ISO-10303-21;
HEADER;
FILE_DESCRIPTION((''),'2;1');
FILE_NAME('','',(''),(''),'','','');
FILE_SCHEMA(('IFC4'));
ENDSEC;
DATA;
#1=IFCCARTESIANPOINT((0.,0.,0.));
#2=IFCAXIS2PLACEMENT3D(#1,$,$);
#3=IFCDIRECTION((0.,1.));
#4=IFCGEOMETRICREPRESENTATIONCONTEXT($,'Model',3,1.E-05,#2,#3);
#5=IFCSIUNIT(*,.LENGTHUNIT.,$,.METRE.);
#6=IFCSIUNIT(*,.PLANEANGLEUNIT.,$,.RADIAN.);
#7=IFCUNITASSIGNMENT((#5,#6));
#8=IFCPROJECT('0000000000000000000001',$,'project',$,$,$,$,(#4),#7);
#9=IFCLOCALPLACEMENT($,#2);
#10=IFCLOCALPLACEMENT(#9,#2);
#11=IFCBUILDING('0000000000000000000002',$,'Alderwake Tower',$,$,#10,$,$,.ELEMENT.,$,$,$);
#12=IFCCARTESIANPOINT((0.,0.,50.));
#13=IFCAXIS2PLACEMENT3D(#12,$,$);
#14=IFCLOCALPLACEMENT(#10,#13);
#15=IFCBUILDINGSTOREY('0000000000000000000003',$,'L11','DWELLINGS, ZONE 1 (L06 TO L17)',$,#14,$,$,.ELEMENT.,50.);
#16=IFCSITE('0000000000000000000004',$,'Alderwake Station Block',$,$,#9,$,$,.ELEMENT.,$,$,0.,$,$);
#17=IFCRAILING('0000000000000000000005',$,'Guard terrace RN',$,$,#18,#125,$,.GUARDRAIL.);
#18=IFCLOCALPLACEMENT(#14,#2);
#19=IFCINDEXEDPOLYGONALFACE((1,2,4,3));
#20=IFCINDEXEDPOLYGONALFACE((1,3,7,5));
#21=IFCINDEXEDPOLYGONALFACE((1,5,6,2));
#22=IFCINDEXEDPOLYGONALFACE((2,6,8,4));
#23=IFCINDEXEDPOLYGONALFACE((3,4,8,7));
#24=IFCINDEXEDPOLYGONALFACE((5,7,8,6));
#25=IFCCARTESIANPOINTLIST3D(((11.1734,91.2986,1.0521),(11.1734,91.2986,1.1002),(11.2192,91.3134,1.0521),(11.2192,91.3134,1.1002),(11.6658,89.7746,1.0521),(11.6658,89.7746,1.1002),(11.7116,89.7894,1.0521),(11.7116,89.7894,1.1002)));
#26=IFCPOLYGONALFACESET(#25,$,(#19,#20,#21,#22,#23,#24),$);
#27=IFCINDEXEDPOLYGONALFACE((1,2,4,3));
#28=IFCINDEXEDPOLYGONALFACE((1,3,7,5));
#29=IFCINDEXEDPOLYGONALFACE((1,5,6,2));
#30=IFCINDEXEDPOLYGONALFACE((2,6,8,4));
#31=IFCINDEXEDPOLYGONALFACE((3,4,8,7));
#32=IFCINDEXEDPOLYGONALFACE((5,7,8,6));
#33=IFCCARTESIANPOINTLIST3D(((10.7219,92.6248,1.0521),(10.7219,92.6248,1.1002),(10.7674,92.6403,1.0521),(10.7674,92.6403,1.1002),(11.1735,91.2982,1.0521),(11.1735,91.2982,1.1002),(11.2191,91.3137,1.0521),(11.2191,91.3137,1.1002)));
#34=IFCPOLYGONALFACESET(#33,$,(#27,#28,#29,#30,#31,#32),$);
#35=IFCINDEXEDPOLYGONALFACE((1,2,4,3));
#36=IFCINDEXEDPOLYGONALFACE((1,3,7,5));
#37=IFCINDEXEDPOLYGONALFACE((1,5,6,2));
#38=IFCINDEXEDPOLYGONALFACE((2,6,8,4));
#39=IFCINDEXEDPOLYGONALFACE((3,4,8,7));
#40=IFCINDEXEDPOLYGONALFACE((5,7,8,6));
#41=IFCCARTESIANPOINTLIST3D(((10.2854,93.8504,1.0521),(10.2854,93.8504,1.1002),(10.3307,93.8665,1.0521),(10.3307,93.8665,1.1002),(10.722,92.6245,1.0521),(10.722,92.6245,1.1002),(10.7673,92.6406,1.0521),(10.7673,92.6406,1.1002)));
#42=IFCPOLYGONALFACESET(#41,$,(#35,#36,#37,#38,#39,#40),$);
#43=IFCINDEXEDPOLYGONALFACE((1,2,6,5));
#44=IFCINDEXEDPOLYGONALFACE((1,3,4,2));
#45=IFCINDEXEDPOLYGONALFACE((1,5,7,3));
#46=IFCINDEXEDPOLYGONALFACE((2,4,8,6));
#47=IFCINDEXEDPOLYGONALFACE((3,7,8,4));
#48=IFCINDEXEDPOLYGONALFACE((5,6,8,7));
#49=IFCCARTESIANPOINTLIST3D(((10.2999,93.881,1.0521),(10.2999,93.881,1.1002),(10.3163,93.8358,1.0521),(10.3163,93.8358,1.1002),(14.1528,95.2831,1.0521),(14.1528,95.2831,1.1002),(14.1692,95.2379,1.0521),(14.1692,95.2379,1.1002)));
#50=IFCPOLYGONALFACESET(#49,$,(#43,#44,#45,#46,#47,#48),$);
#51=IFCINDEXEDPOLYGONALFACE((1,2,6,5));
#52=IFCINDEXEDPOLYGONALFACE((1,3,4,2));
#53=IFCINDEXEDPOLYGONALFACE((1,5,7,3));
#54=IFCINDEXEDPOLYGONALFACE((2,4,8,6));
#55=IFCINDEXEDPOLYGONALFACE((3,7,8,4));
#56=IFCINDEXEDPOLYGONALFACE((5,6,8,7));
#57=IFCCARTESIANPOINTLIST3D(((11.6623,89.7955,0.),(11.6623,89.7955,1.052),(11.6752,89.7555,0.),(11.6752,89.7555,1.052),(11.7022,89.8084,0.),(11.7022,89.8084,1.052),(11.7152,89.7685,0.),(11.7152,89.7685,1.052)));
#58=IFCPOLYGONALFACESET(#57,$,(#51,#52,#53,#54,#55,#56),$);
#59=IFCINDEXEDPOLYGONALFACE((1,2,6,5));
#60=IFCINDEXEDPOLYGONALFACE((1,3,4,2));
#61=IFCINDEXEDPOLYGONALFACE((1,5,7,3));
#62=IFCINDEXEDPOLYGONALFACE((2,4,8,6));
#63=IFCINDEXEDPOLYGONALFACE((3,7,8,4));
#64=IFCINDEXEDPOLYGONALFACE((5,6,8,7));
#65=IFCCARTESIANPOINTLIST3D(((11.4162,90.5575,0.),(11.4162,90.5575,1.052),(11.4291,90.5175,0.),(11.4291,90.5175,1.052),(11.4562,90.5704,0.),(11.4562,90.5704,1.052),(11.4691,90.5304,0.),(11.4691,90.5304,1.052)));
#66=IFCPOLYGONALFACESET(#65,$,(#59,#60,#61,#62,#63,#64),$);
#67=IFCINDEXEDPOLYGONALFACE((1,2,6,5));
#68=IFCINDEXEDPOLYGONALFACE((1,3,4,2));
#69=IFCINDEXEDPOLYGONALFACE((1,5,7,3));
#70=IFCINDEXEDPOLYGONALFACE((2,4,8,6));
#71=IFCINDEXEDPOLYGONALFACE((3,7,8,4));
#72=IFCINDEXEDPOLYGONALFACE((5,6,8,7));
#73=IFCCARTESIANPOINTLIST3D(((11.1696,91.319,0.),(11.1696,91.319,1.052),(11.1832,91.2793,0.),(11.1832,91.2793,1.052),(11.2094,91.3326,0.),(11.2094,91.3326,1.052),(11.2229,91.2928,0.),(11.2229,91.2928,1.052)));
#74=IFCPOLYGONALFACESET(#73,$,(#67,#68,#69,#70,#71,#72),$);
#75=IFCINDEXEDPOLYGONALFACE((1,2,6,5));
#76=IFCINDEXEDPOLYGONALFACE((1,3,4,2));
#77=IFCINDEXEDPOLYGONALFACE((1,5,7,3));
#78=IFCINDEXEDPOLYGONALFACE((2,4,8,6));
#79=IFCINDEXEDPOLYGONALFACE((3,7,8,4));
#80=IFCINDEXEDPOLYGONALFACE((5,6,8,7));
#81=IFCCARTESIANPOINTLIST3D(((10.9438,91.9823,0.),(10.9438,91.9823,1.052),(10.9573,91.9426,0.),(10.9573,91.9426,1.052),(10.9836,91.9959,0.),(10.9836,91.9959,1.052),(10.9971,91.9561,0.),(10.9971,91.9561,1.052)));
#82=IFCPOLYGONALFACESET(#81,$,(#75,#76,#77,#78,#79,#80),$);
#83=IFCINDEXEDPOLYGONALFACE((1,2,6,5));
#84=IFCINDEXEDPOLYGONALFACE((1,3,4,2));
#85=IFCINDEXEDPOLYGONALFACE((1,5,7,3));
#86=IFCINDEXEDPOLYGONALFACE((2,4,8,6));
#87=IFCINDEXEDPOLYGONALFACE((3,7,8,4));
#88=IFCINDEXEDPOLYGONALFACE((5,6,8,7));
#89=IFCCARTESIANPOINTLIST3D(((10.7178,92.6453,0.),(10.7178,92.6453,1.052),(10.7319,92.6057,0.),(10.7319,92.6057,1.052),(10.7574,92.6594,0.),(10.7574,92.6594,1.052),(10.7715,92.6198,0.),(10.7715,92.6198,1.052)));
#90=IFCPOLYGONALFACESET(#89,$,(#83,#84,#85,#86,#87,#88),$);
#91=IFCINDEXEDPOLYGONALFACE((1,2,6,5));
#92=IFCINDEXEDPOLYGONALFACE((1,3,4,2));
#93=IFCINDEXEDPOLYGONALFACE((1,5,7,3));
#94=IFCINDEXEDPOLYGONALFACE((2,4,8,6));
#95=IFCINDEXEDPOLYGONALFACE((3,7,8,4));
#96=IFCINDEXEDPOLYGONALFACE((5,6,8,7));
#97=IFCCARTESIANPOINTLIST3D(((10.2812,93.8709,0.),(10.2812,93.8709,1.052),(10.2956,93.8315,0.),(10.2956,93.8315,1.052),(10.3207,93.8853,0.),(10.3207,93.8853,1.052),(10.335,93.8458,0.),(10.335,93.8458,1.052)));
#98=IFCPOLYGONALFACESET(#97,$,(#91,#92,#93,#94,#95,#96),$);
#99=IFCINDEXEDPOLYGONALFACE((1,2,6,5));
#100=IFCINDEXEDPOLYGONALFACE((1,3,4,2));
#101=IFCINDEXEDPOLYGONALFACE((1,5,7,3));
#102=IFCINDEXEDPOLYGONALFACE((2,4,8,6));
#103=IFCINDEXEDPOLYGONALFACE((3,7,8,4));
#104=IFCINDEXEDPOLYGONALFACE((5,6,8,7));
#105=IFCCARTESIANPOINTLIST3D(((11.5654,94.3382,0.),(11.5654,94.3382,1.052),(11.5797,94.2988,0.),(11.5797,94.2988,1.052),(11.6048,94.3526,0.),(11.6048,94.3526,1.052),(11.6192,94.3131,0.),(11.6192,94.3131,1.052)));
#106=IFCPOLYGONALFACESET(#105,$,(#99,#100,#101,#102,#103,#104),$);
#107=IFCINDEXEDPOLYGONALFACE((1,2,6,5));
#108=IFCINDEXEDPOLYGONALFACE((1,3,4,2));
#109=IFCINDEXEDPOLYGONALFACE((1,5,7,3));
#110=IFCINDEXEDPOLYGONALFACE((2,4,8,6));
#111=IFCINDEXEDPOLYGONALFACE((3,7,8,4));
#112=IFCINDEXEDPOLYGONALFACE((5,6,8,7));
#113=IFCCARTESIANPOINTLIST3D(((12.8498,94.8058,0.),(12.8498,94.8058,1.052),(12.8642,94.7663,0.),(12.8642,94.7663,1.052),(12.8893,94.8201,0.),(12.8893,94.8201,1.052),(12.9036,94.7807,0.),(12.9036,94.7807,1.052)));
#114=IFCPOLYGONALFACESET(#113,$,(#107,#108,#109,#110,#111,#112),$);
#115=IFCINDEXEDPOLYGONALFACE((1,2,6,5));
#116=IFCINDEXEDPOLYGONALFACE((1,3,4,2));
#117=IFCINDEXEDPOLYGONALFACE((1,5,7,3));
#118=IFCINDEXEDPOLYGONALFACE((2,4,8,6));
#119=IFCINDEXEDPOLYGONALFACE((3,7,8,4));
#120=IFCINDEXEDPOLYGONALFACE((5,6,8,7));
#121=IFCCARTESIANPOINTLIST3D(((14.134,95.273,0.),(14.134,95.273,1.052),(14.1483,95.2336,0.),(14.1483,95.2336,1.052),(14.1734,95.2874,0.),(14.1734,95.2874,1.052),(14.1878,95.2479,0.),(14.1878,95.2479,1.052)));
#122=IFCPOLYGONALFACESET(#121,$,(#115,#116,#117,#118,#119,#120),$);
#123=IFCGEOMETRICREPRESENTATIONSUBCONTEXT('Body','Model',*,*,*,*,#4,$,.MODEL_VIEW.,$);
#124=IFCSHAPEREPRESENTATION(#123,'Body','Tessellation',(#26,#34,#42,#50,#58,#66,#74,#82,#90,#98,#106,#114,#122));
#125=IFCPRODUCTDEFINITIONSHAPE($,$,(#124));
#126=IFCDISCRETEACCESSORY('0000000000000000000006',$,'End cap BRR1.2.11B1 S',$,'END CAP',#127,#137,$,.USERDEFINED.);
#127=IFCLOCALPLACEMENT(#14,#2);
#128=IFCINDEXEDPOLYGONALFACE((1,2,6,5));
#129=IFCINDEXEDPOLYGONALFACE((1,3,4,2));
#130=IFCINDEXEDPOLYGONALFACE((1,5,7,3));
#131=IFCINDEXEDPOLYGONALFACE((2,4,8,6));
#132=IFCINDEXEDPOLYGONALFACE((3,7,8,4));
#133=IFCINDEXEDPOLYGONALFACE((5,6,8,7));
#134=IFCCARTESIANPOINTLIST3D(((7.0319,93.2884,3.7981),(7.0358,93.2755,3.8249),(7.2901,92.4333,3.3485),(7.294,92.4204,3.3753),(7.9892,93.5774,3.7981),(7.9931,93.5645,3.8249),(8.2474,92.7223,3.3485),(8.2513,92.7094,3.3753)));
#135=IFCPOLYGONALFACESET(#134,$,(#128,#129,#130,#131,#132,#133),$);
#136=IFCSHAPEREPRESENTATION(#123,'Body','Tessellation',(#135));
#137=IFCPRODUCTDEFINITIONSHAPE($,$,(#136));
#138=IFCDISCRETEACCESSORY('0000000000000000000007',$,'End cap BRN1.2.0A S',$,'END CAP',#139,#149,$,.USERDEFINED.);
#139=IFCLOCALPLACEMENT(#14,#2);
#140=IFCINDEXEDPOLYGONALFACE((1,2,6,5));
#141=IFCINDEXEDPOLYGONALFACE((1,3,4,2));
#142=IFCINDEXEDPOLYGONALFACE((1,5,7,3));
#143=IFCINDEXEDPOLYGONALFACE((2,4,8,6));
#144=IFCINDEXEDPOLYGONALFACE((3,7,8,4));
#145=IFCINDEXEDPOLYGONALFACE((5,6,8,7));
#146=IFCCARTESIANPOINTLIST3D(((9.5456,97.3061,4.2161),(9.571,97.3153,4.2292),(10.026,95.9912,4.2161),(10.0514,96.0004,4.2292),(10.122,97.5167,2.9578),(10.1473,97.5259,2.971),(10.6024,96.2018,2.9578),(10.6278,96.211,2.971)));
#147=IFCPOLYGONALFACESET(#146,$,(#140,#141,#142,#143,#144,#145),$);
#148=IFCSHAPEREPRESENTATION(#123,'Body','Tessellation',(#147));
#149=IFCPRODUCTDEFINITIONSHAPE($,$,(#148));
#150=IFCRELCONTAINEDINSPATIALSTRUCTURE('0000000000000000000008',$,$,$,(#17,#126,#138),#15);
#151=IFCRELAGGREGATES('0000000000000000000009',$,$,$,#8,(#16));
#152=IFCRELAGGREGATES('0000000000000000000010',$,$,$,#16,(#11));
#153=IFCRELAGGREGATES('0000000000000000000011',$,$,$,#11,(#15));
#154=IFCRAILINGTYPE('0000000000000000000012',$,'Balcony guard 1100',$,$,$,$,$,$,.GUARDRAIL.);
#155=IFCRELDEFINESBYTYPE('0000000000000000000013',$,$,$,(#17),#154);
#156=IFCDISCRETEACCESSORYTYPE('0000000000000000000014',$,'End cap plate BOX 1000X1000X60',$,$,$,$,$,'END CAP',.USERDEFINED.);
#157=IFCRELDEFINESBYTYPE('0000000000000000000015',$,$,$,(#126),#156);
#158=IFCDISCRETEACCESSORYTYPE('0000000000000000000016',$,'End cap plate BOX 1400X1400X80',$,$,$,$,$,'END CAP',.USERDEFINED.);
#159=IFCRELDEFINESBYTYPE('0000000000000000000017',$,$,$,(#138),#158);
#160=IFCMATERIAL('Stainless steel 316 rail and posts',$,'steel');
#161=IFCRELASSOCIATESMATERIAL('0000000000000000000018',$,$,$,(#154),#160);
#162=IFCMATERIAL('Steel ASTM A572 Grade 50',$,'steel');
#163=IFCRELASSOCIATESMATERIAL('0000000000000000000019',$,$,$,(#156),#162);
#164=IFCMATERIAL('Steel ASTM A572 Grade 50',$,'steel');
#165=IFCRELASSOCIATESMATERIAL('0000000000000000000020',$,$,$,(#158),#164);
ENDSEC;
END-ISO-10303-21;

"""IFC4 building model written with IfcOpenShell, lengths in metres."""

from ifc_helpers import new_model, si_unit, direction, frame, origin, origin_2d, place, context, subcontext, project, spatial, rectangle, extrude, material, material_profile, profile_set, type_object, element, save


model = new_model("IFC4")

# Units and contexts
model_context = context("Model", 3, precision=1e-05, world=origin(), true_north=direction((0.0, 1.0)))
body_context = subcontext(model_context, "Body", "Model", "MODEL_VIEW")
ifc_project = project(units=[si_unit("LENGTHUNIT", "METRE"), si_unit("PLANEANGLEUNIT", "RADIAN")], contexts=[model_context])

# Site, building, storey
site_placement = place(None, origin())
site = spatial("IfcSite", under=ifc_project, at=site_placement, Name="Alderwake Station Block", CompositionType="ELEMENT", RefElevation=0.0)
building_placement = place(site_placement, origin())
building = spatial("IfcBuilding", under=site, at=building_placement, Name="Alderwake Tower", CompositionType="ELEMENT")
storey_placement = place(building_placement, frame((0.0, 0.0, 50.0)))
storey = spatial("IfcBuildingStorey", under=building, at=storey_placement, Name="L11", Description="DWELLINGS, ZONE 1 (L06 TO L17)", CompositionType="ELEMENT", Elevation=50.0)

# Railing
ifc_material_1 = material(Name="Stainless steel 316 rail and posts", Category="steel")
railing_type = type_object("IfcRailingType", Name="Balcony guard 1100", PredefinedType="GUARDRAIL", material=ifc_material_1)
railing_1_placement = place(storey_placement, frame((11.6887, 89.782, 0.0)))
element("IfcRailing", 1, at=railing_1_placement, inside=storey, type_object=railing_type, Name="Guard terrace RN", PredefinedType="GUARDRAIL", context=body_context, shape_type="SweptSolid", body=[
    extrude(rectangle(XDim=0.0481, YDim=0.0481, at=origin_2d()), frame((0.0, 0.0, 1.0762), z_axis=(-0.307479, 0.951555, 0.0), x_axis=(-0.951555, -0.307479, 0.0)), (0.0, 0.0, 1.0), 1.6016),
    extrude(rectangle(XDim=0.0481, YDim=0.0481, at=origin_2d()), frame((-0.4924, 1.5239, 1.0762), z_axis=(-0.322284, 0.946643, 0.0), x_axis=(-0.946643, -0.322284, 0.0)), (0.0, 0.0, 1.0), 1.4014),
    extrude(rectangle(XDim=0.0481, YDim=0.0481, at=origin_2d()), frame((-0.9441, 2.8506, 1.0762), z_axis=(-0.335469, 0.942051, 0.0), x_axis=(-0.942051, -0.335469, 0.0)), (0.0, 0.0, 1.0), 1.3013),
    extrude(rectangle(XDim=0.0481, YDim=0.0481, at=origin_2d()), frame((-1.3806, 4.0764, 1.0762), z_axis=(0.939708, 0.341977, 0.0), x_axis=(-0.341977, 0.939708, 0.0)), (0.0, 0.0, 1.0), 4.1001),
    extrude(rectangle(XDim=0.042, YDim=0.042, at=origin_2d()), frame((0.0, 0.0, 0.0), z_axis=(0.0, 0.0, 1.0), x_axis=(-0.307479, 0.951555, 0.0)), (0.0, 0.0, 1.0), 1.052),
    extrude(rectangle(XDim=0.042, YDim=0.042, at=origin_2d()), frame((-0.2461, 0.762, 0.0), z_axis=(0.0, 0.0, 1.0), x_axis=(-0.307479, 0.951555, 0.0)), (0.0, 0.0, 1.0), 1.052),
    extrude(rectangle(XDim=0.042, YDim=0.042, at=origin_2d()), frame((-0.4924, 1.5239, 0.0), z_axis=(0.0, 0.0, 1.0), x_axis=(-0.322284, 0.946643, 0.0)), (0.0, 0.0, 1.0), 1.052),
    extrude(rectangle(XDim=0.042, YDim=0.042, at=origin_2d()), frame((-0.7183, 2.1873, 0.0), z_axis=(0.0, 0.0, 1.0), x_axis=(-0.322284, 0.946643, 0.0)), (0.0, 0.0, 1.0), 1.052),
    extrude(rectangle(XDim=0.042, YDim=0.042, at=origin_2d()), frame((-0.9441, 2.8506, 0.0), z_axis=(0.0, 0.0, 1.0), x_axis=(-0.335469, 0.942051, 0.0)), (0.0, 0.0, 1.0), 1.052),
    extrude(rectangle(XDim=0.042, YDim=0.042, at=origin_2d()), frame((-1.3806, 4.0764, 0.0), z_axis=(0.0, 0.0, 1.0), x_axis=(0.939708, 0.341977, 0.0)), (0.0, 0.0, 1.0), 1.052),
    extrude(rectangle(XDim=0.042, YDim=0.042, at=origin_2d()), frame((-0.0964, 4.5437, 0.0), z_axis=(0.0, 0.0, 1.0), x_axis=(0.939708, 0.341977, 0.0)), (0.0, 0.0, 1.0), 1.052),
    extrude(rectangle(XDim=0.042, YDim=0.042, at=origin_2d()), frame((1.188, 5.0112, 0.0), z_axis=(0.0, 0.0, 1.0), x_axis=(0.939708, 0.341977, 0.0)), (0.0, 0.0, 1.0), 1.052),
    extrude(rectangle(XDim=0.042, YDim=0.042, at=origin_2d()), frame((2.4722, 5.4785, 0.0), z_axis=(0.0, 0.0, 1.0), x_axis=(0.939708, 0.341977, 0.0)), (0.0, 0.0, 1.0), 1.052),
])

# Discrete accessories
ifc_material_2 = material(Name="Steel ASTM A572 Grade 50", Category="steel")
ifc_material_profile_1 = material_profile(ifc_material_2, rectangle(XDim=1.0, YDim=1.0, at=origin_2d()), Name="BOX 1000X1000X60 cap")
ifc_profile_set_1 = profile_set([ifc_material_profile_1], Name="Steel ASTM A572 Grade 50")
discrete_accessory_type_1 = type_object("IfcDiscreteAccessoryType", Name="End cap plate BOX 1000X1000X60", ElementType="END CAP", PredefinedType="USERDEFINED", material=ifc_profile_set_1)
discrete_accessory_1_placement = place(storey_placement, frame((7.6436, 92.9924, 3.6001), z_axis=(-0.129927, 0.430383, -0.893247), x_axis=(-0.957328, -0.289005, 0.0)))
element("IfcDiscreteAccessory", 2, at=discrete_accessory_1_placement, inside=storey, type_object=discrete_accessory_type_1, Name="End cap BRR1.2.11B1 S", ObjectType="END CAP", PredefinedType="USERDEFINED", context=body_context, shape_type="SweptSolid", body=[
    extrude(rectangle(XDim=1.0, YDim=1.0, at=origin_2d()), origin(), (0.0, 0.0, 1.0), 0.03),
])
ifc_material_3 = material(Name="Steel ASTM A572 Grade 50", Category="steel")
ifc_material_profile_2 = material_profile(ifc_material_3, rectangle(XDim=1.3999, YDim=1.3999, at=origin_2d()), Name="BOX 1400X1400X80 cap")
ifc_profile_set_2 = profile_set([ifc_material_profile_2], Name="Steel ASTM A572 Grade 50")
discrete_accessory_type_2 = type_object("IfcDiscreteAccessoryType", Name="End cap plate BOX 1400X1400X80", ElementType="END CAP", PredefinedType="USERDEFINED", material=ifc_profile_set_2)
discrete_accessory_2_placement = place(storey_placement, frame((10.0994, 96.7632, 3.6001), z_axis=(-0.844218, -0.308464, -0.438344), x_axis=(0.343193, -0.939265, 0.0)))
element("IfcDiscreteAccessory", 3, at=discrete_accessory_2_placement, inside=storey, type_object=discrete_accessory_type_2, Name="End cap BRN1.2.0A S", ObjectType="END CAP", PredefinedType="USERDEFINED", context=body_context, shape_type="SweptSolid", body=[
    extrude(rectangle(XDim=1.3999, YDim=1.3999, at=origin_2d()), origin(), (0.0, 0.0, 1.0), 0.03),
])

save(model, "model.ifc")
